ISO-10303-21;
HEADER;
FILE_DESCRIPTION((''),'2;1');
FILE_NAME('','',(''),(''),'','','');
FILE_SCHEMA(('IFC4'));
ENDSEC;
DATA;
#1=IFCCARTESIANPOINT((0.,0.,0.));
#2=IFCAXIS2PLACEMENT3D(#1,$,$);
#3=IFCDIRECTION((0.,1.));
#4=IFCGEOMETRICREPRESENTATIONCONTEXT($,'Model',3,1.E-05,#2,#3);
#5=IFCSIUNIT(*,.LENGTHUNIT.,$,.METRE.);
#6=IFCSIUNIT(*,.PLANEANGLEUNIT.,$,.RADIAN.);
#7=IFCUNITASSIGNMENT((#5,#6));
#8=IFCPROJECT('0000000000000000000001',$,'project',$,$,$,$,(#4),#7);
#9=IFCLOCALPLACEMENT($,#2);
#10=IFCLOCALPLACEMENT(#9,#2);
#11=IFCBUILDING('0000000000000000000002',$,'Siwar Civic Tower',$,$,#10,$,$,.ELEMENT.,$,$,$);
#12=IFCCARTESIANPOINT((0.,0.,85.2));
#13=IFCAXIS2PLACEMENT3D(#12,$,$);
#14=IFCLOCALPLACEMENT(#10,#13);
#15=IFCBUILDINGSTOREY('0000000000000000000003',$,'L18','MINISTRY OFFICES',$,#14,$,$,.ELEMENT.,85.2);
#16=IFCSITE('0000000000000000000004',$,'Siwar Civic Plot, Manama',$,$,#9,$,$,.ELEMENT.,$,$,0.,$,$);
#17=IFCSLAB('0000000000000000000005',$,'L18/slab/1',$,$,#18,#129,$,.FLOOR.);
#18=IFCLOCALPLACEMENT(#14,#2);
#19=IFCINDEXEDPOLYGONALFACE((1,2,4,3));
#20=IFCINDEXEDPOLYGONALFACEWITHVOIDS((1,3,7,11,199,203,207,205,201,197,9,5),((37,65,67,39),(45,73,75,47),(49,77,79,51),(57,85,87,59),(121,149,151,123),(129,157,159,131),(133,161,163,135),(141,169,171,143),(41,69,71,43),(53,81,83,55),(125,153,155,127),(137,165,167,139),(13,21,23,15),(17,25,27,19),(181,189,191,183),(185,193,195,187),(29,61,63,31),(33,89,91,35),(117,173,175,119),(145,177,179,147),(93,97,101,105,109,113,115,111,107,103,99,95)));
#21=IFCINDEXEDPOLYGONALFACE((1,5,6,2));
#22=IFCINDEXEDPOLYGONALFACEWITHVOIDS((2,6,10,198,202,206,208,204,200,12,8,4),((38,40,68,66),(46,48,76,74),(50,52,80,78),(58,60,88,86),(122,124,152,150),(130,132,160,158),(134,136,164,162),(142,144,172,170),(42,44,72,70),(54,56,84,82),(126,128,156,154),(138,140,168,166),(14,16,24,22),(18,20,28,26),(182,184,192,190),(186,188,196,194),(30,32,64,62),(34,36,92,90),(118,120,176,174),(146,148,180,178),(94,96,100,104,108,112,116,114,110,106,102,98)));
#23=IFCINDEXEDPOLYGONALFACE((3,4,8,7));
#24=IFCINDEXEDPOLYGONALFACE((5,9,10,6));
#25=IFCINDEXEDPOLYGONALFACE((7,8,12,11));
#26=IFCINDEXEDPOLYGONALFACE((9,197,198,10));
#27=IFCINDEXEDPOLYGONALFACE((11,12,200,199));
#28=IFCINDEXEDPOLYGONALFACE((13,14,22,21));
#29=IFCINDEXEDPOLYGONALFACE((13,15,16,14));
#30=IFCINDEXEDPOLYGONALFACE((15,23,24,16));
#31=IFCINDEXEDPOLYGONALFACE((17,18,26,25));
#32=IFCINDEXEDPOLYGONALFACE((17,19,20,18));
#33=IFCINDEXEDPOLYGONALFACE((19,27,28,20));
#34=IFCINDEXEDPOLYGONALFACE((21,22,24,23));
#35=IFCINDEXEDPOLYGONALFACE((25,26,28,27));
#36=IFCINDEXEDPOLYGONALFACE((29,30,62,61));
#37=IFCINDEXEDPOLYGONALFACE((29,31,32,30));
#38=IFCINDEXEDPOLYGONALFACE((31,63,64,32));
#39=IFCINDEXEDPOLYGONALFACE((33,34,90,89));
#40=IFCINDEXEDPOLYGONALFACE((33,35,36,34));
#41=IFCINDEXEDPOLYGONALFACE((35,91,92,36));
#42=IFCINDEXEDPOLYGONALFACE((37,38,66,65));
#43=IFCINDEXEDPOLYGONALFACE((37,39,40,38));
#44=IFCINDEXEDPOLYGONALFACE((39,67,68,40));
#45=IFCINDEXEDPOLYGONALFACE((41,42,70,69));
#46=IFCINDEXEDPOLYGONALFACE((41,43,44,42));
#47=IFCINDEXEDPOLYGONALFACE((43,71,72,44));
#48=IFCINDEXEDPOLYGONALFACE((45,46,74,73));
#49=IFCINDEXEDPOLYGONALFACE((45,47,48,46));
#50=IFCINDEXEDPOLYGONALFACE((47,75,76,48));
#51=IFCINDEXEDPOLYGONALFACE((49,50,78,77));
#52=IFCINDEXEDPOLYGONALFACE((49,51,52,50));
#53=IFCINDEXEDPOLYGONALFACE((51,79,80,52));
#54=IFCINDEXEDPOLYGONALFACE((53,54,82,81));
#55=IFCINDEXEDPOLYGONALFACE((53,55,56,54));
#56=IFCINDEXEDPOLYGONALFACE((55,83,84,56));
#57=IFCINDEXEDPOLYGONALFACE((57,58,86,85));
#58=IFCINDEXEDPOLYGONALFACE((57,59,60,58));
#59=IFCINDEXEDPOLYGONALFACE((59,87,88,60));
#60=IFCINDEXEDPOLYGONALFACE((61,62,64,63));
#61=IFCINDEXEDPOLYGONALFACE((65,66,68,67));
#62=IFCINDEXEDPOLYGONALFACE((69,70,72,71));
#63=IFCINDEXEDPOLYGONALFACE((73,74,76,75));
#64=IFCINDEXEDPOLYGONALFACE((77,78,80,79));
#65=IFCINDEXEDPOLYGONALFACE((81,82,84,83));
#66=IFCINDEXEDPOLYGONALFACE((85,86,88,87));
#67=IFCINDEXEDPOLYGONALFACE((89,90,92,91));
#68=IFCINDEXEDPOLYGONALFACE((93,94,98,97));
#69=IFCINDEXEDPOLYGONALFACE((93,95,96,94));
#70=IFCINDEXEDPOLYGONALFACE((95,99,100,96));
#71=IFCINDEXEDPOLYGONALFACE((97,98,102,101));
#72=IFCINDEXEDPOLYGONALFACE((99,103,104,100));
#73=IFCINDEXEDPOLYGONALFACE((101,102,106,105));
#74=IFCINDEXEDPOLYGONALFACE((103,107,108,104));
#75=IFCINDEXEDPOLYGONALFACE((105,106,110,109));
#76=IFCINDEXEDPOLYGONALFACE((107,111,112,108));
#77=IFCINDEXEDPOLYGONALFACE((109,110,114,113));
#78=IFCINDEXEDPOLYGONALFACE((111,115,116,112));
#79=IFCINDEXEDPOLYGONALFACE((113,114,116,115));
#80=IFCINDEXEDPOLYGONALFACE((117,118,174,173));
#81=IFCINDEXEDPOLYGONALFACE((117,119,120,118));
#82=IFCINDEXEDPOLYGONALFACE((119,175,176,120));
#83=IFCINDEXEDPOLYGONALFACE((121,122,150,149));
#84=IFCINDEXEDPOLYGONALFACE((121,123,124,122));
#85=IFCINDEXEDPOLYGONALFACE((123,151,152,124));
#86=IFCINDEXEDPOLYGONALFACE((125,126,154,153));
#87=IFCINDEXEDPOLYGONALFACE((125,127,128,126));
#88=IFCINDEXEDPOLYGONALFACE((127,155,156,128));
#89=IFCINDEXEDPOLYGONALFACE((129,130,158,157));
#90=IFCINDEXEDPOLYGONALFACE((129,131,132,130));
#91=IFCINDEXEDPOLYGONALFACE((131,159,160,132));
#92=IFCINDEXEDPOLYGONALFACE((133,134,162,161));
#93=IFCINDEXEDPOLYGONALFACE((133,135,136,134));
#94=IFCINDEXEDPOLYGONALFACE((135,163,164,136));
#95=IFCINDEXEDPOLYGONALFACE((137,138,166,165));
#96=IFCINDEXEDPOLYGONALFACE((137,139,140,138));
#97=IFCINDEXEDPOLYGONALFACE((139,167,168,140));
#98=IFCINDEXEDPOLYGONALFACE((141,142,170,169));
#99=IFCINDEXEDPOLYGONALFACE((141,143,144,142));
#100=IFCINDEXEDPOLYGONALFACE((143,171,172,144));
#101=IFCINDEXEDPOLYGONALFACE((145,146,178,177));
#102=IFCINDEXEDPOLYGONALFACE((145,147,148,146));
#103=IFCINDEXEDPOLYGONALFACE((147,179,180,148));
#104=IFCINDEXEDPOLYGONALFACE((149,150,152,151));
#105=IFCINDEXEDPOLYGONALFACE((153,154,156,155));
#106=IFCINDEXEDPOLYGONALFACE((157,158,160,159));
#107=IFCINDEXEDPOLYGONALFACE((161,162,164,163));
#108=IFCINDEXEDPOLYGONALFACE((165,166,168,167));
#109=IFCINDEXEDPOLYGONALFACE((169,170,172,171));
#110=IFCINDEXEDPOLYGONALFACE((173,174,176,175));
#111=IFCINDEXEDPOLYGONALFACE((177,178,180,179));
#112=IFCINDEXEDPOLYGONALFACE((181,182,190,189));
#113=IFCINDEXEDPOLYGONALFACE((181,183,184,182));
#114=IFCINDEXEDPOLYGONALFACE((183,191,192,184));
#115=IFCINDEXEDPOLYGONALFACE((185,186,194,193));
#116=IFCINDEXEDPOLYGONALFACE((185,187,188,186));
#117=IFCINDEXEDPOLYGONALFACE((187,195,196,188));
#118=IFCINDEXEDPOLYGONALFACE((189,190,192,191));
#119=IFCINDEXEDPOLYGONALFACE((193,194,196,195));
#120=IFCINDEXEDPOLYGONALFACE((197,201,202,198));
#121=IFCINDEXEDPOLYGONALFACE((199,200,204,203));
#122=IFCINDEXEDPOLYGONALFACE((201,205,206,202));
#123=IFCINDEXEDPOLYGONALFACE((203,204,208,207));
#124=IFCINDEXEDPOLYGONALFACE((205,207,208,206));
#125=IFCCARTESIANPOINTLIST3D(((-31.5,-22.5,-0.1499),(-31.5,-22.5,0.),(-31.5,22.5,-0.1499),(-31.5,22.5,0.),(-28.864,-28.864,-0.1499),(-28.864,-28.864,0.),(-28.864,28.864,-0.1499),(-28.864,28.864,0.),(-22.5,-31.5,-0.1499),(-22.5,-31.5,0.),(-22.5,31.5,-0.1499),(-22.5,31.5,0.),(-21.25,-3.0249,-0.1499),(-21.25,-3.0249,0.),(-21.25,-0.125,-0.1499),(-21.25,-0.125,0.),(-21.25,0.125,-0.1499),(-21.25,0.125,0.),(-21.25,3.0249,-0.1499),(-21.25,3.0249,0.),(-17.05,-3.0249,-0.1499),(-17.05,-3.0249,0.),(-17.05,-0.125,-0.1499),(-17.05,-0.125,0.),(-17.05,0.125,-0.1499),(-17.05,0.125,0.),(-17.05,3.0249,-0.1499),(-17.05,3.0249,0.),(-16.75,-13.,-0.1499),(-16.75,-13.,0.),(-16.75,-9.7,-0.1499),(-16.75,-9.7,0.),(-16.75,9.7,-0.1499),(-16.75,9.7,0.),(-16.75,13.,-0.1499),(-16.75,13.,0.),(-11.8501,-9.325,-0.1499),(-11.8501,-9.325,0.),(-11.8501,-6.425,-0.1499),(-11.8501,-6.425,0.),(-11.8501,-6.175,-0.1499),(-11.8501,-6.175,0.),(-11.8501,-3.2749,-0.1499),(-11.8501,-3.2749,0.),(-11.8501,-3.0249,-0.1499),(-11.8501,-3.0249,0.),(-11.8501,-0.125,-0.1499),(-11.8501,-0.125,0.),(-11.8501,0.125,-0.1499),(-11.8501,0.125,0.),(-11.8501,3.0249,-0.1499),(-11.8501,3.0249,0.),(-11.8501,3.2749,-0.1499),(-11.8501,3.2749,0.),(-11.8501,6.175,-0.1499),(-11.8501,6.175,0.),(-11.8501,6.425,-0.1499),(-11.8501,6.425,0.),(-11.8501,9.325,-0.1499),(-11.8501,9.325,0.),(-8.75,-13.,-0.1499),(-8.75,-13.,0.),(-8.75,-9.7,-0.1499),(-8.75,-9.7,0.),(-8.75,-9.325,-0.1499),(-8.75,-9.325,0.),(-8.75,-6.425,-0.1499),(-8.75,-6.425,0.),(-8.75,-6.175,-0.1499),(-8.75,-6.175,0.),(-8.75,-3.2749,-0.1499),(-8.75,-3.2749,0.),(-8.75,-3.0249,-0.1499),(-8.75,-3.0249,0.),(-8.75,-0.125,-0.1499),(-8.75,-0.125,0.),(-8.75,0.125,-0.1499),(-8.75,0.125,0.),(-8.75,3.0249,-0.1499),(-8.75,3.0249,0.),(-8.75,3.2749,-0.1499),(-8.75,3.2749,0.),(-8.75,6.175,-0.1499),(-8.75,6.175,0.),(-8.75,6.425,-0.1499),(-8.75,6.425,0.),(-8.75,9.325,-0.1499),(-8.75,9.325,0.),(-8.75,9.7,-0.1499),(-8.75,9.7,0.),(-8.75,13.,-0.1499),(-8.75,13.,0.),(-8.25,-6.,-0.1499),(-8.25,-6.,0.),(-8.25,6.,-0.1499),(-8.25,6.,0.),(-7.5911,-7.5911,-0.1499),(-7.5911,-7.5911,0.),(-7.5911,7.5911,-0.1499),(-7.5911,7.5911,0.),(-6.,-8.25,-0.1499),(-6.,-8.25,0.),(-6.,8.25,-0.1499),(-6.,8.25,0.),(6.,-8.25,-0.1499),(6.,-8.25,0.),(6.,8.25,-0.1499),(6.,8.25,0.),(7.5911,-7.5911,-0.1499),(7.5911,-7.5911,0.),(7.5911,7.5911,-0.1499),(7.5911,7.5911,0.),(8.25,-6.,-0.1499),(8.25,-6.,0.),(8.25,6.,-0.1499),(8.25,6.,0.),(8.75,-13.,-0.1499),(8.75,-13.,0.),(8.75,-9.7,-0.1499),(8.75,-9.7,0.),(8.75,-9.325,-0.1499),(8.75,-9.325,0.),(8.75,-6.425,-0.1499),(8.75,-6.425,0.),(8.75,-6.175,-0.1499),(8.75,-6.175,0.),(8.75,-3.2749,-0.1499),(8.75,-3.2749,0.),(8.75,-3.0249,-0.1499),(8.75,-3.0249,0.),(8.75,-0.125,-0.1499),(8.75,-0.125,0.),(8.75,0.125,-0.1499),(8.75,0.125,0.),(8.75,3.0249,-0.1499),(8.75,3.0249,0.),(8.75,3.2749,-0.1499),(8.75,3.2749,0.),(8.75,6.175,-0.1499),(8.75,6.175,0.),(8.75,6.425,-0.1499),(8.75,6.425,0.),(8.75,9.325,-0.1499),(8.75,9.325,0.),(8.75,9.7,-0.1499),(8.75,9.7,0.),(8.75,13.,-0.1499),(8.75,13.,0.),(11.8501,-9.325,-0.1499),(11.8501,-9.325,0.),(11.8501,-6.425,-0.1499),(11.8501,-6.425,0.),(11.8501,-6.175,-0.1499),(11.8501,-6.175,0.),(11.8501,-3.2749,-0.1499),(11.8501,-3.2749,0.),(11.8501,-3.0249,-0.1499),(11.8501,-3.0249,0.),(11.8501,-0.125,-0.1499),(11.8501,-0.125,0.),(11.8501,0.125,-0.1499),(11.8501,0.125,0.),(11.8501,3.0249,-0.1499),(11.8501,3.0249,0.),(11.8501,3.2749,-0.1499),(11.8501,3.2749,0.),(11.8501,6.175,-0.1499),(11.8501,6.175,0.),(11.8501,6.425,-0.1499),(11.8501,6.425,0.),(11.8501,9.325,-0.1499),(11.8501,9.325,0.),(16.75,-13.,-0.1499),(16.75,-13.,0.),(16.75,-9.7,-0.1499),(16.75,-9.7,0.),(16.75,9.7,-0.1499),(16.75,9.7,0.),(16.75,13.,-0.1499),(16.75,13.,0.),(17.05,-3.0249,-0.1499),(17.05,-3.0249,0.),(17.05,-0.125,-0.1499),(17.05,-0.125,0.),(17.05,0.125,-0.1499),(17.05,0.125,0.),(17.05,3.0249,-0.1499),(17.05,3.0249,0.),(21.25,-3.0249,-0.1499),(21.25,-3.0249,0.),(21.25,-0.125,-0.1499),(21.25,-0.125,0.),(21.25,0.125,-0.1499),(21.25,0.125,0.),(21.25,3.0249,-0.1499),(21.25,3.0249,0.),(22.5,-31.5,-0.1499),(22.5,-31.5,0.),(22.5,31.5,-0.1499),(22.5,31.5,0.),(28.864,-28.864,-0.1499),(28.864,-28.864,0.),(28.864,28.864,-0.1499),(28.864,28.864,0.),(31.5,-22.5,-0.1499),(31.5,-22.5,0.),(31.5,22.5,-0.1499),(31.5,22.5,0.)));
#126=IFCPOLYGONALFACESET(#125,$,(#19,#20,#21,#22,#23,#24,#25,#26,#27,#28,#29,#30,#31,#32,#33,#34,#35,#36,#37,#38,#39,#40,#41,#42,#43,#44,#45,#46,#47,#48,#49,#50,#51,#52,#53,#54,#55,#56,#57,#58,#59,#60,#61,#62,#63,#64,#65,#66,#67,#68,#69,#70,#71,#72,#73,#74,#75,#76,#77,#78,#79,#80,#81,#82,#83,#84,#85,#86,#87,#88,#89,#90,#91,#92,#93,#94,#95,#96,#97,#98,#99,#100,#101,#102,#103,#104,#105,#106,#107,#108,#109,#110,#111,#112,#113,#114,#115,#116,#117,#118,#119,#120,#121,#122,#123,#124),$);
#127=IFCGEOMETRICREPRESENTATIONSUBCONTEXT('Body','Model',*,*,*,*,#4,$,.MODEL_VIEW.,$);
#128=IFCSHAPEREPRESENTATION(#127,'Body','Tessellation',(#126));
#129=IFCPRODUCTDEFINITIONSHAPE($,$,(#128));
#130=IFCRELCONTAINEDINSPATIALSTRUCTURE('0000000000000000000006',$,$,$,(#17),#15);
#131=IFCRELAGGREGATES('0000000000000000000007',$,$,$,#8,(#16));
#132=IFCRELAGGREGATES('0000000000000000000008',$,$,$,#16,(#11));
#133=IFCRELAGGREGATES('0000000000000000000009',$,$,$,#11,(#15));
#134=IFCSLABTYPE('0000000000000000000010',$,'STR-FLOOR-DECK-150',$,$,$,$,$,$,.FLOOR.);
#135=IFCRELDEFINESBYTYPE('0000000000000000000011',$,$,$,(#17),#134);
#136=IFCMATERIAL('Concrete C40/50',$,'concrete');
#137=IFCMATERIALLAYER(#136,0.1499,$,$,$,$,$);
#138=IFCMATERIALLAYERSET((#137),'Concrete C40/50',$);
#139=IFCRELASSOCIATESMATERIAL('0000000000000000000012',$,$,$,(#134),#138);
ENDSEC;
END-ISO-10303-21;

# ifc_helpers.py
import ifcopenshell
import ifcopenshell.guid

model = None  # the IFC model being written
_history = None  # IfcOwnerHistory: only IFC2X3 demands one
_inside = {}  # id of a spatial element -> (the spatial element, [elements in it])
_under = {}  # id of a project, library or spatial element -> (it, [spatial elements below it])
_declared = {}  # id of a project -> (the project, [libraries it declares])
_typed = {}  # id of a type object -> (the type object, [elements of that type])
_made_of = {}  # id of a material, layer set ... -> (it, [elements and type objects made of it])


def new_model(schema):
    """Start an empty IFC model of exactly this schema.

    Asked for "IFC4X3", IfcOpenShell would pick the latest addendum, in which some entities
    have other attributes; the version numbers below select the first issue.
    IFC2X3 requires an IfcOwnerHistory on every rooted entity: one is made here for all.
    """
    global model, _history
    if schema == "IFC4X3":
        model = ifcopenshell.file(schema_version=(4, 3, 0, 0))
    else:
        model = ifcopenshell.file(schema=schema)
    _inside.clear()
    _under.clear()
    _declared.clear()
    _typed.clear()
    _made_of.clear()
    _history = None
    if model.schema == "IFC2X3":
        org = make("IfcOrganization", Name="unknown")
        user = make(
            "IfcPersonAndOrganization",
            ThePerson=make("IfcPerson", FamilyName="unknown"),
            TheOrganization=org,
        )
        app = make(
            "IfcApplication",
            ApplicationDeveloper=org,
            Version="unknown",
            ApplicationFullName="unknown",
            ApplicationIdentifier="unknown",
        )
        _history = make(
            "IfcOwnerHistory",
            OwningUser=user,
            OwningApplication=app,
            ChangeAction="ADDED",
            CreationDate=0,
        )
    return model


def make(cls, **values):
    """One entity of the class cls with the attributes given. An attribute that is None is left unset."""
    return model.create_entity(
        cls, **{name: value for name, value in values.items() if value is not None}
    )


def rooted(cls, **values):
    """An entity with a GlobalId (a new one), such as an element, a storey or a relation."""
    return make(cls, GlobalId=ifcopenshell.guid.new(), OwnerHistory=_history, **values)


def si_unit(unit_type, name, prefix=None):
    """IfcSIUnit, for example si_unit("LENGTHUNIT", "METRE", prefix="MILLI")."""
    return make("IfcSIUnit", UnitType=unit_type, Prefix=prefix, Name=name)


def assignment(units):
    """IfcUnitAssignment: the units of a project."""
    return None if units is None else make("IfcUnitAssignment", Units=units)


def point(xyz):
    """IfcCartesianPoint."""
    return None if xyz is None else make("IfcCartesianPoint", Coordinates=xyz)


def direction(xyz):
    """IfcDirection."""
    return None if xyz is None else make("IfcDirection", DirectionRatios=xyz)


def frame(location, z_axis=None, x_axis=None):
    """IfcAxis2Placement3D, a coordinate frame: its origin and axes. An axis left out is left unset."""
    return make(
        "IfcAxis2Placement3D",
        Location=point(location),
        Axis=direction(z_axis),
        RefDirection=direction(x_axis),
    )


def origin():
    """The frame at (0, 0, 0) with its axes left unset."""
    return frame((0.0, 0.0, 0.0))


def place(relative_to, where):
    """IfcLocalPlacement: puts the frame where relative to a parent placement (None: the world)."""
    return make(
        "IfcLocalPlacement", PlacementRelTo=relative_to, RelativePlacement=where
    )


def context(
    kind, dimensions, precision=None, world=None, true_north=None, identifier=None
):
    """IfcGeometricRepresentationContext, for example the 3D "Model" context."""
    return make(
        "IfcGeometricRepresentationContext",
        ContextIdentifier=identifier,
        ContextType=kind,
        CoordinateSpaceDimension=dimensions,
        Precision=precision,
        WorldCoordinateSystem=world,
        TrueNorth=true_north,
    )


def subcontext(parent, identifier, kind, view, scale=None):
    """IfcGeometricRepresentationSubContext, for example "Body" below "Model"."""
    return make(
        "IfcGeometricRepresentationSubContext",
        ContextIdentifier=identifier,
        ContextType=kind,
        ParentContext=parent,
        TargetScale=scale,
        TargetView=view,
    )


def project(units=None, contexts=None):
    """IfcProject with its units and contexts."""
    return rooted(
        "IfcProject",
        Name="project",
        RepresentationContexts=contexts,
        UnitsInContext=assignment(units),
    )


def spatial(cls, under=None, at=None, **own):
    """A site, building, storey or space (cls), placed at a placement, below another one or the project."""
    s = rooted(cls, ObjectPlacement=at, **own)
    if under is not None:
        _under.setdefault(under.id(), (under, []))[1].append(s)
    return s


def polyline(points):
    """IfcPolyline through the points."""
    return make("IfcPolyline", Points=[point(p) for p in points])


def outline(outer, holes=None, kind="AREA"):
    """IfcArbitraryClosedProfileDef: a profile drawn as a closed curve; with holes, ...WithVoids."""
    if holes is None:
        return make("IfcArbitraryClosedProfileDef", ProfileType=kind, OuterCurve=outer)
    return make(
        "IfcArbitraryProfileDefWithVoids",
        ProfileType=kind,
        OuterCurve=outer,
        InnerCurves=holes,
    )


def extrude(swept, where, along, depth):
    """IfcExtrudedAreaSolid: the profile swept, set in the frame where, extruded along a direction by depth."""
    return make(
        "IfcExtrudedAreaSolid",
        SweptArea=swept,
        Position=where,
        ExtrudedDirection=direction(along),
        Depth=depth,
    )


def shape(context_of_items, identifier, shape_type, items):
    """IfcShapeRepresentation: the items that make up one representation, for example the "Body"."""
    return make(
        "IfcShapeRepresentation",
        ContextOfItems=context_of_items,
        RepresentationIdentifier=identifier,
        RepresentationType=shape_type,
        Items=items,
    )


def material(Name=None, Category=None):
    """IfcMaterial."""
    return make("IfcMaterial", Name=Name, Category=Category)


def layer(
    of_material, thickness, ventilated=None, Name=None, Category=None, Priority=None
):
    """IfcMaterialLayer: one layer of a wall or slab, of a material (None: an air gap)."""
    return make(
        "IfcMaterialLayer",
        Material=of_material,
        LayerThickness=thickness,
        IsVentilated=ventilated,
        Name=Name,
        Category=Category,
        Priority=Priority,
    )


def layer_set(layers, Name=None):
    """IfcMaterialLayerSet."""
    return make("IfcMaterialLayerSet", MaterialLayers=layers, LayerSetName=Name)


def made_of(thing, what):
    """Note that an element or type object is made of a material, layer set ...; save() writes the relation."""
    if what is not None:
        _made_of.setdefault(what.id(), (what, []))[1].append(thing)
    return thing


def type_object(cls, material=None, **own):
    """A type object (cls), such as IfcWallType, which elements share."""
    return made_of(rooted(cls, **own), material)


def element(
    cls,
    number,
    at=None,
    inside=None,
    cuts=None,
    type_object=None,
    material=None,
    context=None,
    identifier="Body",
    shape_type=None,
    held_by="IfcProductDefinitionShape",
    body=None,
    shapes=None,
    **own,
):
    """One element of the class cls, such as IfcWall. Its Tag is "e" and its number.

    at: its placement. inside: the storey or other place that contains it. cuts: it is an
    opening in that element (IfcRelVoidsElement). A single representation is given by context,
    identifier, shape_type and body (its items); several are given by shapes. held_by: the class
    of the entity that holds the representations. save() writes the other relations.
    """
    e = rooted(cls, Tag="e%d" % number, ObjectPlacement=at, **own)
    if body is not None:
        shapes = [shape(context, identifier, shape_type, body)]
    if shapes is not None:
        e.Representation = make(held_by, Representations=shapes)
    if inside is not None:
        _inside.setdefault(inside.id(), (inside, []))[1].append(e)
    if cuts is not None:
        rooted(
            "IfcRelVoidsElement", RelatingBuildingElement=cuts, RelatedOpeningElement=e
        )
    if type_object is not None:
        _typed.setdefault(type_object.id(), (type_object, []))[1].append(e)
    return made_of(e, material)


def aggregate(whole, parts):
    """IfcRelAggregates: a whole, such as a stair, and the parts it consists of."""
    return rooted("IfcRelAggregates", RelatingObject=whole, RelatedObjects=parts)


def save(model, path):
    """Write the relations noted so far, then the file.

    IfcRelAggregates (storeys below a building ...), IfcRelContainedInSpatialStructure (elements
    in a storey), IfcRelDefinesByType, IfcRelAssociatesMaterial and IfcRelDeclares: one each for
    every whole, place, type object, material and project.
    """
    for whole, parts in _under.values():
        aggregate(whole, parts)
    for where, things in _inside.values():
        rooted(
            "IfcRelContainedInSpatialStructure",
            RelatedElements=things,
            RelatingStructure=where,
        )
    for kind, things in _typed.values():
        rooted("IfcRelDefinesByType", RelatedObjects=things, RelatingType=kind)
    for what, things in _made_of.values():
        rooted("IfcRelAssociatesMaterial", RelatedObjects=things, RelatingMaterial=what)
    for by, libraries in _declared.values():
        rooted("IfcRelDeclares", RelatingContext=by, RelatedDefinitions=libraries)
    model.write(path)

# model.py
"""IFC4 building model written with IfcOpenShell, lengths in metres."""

from ifc_helpers import new_model, si_unit, direction, frame, origin, place, context, subcontext, project, spatial, polyline, outline, extrude, material, layer, layer_set, type_object, element, save


model = new_model("IFC4")

# Units and contexts
model_context = context("Model", 3, precision=1e-05, world=origin(), true_north=direction((0.0, 1.0)))
body_context = subcontext(model_context, "Body", "Model", "MODEL_VIEW")
ifc_project = project(units=[si_unit("LENGTHUNIT", "METRE"), si_unit("PLANEANGLEUNIT", "RADIAN")], contexts=[model_context])

# Site, building, storey
site_placement = place(None, origin())
site = spatial("IfcSite", under=ifc_project, at=site_placement, Name="Siwar Civic Plot, Manama", CompositionType="ELEMENT", RefElevation=0.0)
building_placement = place(site_placement, origin())
building = spatial("IfcBuilding", under=site, at=building_placement, Name="Siwar Civic Tower", CompositionType="ELEMENT")
storey_placement = place(building_placement, frame((0.0, 0.0, 85.2)))
storey = spatial("IfcBuildingStorey", under=building, at=storey_placement, Name="L18", Description="MINISTRY OFFICES", CompositionType="ELEMENT", Elevation=85.2)

# Slab
ifc_material_1 = material(Name="Concrete C40/50", Category="concrete")
ifc_layer_1 = layer(ifc_material_1, 0.1499)
ifc_layer_set_1 = layer_set([ifc_layer_1], Name="Concrete C40/50")
slab_type_1 = type_object("IfcSlabType", Name="STR-FLOOR-DECK-150", PredefinedType="FLOOR", material=ifc_layer_set_1)
slab_1_placement = place(storey_placement, frame((0.0, 0.0, -0.1499)))
element("IfcSlab", 1, at=slab_1_placement, inside=storey, type_object=slab_type_1, Name="L18/slab/1", PredefinedType="FLOOR", context=body_context, shape_type="SweptSolid", body=[
    extrude(outline(polyline([(-22.5, -31.5), (22.5, -31.5), (28.864, -28.864), (31.5, -22.5), (31.5, 22.5), (28.864, 28.864), (22.5, 31.5), (-22.5, 31.5), (-28.864, 28.864), (-31.5, 22.5), (-31.5, -22.5), (-28.864, -28.864), (-22.5, -31.5)]), holes=[polyline([(21.25, 3.0249), (21.25, 0.125), (17.05, 0.125), (17.05, 3.0249), (21.25, 3.0249)]), polyline([(17.05, -0.125), (21.25, -0.125), (21.25, -3.0249), (17.05, -3.0249), (17.05, -0.125)]), polyline([(16.75, 13.0), (16.75, 9.7), (8.75, 9.7), (8.75, 13.0), (16.75, 13.0)]), polyline([(8.75, -9.7), (16.75, -9.7), (16.75, -13.0), (8.75, -13.0), (8.75, -9.7)]), polyline([(11.8501, 9.325), (11.8501, 6.425), (8.75, 6.425), (8.75, 9.325), (11.8501, 9.325)]), polyline([(11.8501, 3.0249), (11.8501, 0.125), (8.75, 0.125), (8.75, 3.0249), (11.8501, 3.0249)]), polyline([(11.8501, -0.125), (11.8501, -3.0249), (8.75, -3.0249), (8.75, -0.125), (11.8501, -0.125)]), polyline([(11.8501, -3.2749), (11.8501, -6.175), (8.75, -6.175), (8.75, -3.2749), (11.8501, -3.2749)]), polyline([(8.75, 6.175), (11.8501, 6.175), (11.8501, 3.2749), (8.75, 3.2749), (8.75, 6.175)]), polyline([(8.75, -6.425), (11.8501, -6.425), (11.8501, -9.325), (8.75, -9.325), (8.75, -6.425)]), polyline([(-6.0, 8.25), (6.0, 8.25), (7.5911, 7.5911), (8.25, 6.0), (8.25, -6.0), (7.5911, -7.5911), (6.0, -8.25), (-6.0, -8.25), (-7.5911, -7.5911), (-8.25, -6.0), (-8.25, 6.0), (-7.5911, 7.5911), (-6.0, 8.25)]), polyline([(-8.75, 9.7), (-16.75, 9.7), (-16.75, 13.0), (-8.75, 13.0), (-8.75, 9.7)]), polyline([(-8.75, 0.125), (-11.8501, 0.125), (-11.8501, 3.0249), (-8.75, 3.0249), (-8.75, 0.125)]), polyline([(-8.75, -6.175), (-11.8501, -6.175), (-11.8501, -3.2749), (-8.75, -3.2749), (-8.75, -6.175)]), polyline([(-8.75, -9.325), (-11.8501, -9.325), (-11.8501, -6.425), (-8.75, -6.425), (-8.75, -9.325)]), polyline([(-8.75, -13.0), (-16.75, -13.0), (-16.75, -9.7), (-8.75, -9.7), (-8.75, -13.0)]), polyline([(-11.8501, 6.425), (-11.8501, 9.325), (-8.75, 9.325), (-8.75, 6.425), (-11.8501, 6.425)]), polyline([(-11.8501, 3.2749), (-11.8501, 6.175), (-8.75, 6.175), (-8.75, 3.2749), (-11.8501, 3.2749)]), polyline([(-11.8501, -3.0249), (-11.8501, -0.125), (-8.75, -0.125), (-8.75, -3.0249), (-11.8501, -3.0249)]), polyline([(-21.25, -3.0249), (-21.25, -0.125), (-17.05, -0.125), (-17.05, -3.0249), (-21.25, -3.0249)]), polyline([(-17.05, 0.125), (-21.25, 0.125), (-21.25, 3.0249), (-17.05, 3.0249), (-17.05, 0.125)])]), origin(), (0.0, 0.0, 1.0), 0.1499),
])

save(model, "model.ifc")
